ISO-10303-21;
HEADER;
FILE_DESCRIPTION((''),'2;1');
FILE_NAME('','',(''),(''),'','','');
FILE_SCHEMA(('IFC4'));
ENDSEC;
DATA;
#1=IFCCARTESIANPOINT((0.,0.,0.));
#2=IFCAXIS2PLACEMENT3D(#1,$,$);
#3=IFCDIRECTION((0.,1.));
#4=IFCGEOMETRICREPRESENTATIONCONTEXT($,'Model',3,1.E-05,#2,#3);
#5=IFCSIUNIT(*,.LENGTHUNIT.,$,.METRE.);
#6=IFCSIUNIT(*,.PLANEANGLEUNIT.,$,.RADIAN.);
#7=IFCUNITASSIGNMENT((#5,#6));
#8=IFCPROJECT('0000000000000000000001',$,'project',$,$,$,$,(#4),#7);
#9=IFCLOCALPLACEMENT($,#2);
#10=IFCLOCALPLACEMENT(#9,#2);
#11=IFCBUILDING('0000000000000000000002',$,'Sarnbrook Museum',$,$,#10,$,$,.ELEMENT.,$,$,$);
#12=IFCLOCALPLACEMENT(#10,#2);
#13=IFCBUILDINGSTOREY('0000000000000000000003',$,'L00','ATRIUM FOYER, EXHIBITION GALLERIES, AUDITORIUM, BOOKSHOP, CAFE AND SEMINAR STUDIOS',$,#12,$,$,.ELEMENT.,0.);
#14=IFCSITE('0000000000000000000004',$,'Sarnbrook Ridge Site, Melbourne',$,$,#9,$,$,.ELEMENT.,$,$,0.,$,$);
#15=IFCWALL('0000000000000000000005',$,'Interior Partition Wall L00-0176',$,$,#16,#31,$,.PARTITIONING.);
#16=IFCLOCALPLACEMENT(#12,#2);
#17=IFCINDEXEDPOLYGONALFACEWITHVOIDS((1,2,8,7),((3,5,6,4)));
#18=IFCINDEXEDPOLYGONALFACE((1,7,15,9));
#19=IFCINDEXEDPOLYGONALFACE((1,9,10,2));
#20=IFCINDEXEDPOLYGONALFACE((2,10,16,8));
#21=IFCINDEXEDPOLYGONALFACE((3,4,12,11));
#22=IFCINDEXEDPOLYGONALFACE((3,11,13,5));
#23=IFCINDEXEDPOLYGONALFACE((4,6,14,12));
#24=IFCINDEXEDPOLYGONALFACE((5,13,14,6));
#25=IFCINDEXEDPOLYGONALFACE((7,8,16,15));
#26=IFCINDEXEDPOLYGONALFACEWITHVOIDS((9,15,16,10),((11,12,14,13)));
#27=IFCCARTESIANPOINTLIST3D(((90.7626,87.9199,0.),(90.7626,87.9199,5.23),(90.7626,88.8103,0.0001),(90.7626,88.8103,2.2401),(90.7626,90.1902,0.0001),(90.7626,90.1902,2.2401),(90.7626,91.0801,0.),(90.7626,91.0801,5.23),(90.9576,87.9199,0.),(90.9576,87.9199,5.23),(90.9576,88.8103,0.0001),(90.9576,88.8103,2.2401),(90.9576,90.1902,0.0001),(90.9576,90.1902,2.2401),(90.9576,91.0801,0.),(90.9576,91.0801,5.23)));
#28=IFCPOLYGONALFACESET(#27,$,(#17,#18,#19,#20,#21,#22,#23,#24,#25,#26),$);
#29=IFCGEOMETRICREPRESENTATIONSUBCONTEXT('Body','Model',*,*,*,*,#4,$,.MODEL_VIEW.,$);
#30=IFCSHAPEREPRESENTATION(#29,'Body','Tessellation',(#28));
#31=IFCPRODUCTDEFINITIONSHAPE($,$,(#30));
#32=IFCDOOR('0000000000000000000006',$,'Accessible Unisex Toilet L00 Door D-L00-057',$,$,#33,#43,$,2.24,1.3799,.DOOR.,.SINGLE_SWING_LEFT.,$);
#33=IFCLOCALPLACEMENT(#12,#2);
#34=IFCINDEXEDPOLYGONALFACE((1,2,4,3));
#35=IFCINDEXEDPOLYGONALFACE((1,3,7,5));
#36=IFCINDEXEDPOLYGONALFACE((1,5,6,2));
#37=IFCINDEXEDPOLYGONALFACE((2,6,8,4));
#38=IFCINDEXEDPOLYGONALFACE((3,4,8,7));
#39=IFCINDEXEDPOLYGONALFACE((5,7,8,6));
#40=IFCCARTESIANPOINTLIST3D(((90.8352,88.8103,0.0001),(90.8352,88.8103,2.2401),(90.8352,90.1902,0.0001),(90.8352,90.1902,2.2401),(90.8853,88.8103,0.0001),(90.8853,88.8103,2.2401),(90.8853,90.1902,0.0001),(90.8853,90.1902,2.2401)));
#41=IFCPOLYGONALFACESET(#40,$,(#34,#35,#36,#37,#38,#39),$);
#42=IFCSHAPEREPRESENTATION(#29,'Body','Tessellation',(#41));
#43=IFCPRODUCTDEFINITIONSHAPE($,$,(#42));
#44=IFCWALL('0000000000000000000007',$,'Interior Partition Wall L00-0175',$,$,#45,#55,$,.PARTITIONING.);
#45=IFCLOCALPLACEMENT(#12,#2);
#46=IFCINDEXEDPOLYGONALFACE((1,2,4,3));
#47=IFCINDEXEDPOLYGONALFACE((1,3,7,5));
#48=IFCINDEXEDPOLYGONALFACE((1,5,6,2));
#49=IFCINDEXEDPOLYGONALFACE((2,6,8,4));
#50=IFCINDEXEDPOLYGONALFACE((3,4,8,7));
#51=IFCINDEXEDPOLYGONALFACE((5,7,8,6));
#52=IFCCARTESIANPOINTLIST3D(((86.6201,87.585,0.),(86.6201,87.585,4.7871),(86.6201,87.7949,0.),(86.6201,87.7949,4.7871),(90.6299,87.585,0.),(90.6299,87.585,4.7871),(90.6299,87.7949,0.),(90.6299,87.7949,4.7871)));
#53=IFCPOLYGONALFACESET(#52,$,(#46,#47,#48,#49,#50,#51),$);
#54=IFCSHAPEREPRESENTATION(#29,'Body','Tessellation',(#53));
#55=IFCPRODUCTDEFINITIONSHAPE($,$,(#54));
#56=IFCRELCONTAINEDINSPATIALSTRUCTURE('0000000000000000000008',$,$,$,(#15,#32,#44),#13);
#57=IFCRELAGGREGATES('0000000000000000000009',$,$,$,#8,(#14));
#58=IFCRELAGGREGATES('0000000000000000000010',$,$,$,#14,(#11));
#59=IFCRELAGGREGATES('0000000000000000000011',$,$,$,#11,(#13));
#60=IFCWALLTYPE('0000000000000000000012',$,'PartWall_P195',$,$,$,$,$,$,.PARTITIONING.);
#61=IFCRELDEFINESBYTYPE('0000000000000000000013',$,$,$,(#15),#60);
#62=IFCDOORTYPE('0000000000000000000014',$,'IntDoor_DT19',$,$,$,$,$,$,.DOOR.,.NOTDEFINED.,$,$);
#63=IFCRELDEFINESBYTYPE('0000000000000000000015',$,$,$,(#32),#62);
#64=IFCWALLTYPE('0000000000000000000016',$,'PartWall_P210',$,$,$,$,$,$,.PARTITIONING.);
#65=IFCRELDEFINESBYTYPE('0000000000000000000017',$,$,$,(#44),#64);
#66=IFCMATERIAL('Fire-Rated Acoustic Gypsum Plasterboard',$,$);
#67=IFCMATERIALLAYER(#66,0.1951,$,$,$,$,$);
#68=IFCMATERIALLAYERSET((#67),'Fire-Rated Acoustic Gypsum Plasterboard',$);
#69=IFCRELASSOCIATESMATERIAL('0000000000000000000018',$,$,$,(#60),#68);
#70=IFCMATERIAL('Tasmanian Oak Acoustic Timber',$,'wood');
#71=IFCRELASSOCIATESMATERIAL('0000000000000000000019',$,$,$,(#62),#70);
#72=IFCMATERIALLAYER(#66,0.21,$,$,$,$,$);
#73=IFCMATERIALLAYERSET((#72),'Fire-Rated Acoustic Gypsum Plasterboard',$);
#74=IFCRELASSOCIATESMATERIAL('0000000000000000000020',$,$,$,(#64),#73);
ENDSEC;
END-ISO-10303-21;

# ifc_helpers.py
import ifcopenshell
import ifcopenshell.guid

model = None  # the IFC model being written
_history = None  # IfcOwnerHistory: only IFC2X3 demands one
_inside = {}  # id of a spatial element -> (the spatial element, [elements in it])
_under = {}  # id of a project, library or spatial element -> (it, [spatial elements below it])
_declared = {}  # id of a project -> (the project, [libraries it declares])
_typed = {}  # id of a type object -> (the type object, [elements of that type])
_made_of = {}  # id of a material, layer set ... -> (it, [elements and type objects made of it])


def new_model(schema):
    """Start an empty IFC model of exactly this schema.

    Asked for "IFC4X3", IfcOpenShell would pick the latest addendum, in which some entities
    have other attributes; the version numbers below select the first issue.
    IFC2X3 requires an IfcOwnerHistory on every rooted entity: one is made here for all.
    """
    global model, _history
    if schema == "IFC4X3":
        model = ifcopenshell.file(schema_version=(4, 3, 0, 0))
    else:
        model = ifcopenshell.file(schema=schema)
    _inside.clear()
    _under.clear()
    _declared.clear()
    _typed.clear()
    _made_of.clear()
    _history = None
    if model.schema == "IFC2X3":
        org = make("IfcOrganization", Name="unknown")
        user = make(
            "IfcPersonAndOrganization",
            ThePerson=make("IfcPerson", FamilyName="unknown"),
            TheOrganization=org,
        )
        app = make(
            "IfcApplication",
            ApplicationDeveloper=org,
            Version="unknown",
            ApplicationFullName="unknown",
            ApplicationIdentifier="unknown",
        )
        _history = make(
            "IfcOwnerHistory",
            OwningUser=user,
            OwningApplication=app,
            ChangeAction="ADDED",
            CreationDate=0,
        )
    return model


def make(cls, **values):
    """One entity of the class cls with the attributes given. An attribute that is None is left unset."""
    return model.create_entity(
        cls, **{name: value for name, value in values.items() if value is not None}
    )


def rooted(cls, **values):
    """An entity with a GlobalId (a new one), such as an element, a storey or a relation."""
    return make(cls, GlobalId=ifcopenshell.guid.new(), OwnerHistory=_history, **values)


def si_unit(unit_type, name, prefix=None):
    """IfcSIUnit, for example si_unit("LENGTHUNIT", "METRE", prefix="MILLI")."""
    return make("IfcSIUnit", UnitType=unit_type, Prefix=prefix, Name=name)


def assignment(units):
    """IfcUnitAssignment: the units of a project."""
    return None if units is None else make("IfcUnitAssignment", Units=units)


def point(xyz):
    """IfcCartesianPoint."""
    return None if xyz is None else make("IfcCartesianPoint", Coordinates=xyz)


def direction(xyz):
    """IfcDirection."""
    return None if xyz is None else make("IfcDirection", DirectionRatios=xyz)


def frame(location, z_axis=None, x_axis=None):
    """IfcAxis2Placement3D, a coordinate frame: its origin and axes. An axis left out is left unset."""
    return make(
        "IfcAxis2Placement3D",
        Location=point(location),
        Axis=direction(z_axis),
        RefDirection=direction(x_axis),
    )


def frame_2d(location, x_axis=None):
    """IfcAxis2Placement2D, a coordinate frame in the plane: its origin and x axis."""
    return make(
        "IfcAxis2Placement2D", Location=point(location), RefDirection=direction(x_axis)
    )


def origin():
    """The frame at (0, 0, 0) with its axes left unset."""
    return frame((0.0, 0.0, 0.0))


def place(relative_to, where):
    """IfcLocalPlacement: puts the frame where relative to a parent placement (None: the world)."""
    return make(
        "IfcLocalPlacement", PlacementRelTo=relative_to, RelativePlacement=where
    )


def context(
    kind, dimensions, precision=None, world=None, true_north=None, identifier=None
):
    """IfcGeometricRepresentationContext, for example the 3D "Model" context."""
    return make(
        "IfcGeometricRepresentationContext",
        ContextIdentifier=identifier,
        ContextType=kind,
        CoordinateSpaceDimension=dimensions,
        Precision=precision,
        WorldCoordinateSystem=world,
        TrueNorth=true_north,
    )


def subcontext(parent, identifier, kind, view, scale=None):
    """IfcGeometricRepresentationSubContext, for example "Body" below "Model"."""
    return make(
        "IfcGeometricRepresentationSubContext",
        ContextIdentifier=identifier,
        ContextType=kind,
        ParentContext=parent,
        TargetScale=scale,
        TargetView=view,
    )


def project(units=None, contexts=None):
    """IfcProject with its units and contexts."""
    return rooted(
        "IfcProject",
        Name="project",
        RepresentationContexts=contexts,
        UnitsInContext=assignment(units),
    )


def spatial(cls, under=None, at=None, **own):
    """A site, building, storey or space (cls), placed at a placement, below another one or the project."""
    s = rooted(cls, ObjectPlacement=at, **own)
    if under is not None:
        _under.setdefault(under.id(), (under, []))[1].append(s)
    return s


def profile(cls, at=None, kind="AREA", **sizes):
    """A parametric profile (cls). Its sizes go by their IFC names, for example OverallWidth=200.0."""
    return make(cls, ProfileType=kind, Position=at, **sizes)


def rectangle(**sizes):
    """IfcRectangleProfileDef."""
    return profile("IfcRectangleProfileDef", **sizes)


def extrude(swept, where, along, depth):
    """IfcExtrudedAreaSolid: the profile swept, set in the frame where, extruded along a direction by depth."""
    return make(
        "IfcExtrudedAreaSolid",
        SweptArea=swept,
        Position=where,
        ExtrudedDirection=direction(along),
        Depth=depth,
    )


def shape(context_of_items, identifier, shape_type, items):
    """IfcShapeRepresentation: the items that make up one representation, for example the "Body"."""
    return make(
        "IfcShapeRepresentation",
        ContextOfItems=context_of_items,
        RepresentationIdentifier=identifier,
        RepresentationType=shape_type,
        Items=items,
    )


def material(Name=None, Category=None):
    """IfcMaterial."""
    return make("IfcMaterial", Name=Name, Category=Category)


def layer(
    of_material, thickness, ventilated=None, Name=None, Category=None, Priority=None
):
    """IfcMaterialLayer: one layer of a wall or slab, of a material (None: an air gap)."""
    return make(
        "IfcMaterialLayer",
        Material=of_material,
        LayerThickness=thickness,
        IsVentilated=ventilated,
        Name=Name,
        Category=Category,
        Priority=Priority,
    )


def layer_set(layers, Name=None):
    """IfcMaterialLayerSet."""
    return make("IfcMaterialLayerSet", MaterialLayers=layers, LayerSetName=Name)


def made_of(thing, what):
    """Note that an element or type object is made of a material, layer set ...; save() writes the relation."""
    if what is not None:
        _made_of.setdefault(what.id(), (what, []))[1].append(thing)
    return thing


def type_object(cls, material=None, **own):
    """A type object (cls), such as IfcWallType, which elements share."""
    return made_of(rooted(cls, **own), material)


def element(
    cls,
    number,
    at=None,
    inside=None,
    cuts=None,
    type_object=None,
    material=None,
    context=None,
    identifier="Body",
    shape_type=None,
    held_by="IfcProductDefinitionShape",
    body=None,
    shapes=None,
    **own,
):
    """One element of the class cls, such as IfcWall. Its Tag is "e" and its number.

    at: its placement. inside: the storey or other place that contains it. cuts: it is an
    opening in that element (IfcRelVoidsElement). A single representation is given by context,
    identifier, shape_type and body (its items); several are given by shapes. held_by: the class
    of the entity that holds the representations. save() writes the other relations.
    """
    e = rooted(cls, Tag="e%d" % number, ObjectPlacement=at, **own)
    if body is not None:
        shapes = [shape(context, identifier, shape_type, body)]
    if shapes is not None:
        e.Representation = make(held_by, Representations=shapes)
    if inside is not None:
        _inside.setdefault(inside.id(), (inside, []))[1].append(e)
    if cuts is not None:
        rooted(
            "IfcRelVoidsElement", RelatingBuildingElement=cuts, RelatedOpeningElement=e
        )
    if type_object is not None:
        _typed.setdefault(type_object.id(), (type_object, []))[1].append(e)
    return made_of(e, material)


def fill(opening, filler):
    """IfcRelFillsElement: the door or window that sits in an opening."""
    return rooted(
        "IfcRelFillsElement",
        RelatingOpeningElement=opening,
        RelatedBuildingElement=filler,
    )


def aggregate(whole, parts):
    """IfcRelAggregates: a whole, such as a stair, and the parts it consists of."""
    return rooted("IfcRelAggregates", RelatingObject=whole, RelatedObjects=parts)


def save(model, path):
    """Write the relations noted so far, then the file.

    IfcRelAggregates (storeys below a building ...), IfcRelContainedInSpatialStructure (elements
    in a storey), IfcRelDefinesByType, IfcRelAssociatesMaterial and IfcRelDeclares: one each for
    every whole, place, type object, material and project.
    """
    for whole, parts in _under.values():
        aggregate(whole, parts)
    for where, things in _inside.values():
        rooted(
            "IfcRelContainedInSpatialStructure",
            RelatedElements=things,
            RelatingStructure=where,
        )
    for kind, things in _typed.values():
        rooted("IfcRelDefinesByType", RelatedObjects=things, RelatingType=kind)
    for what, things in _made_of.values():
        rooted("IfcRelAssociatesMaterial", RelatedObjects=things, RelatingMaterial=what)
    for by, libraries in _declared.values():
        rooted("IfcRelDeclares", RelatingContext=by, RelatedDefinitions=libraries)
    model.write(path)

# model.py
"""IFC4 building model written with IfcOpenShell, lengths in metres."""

from ifc_helpers import new_model, si_unit, direction, frame, frame_2d, origin, place, context, subcontext, project, spatial, rectangle, extrude, material, layer, layer_set, type_object, element, fill, save


model = new_model("IFC4")

# Units and contexts
model_context = context("Model", 3, precision=1e-05, world=origin(), true_north=direction((0.0, 1.0)))
body_context = subcontext(model_context, "Body", "Model", "MODEL_VIEW")
ifc_project = project(units=[si_unit("LENGTHUNIT", "METRE"), si_unit("PLANEANGLEUNIT", "RADIAN")], contexts=[model_context])

# Site, building, storey
site_placement = place(None, origin())
site = spatial("IfcSite", under=ifc_project, at=site_placement, Name="Sarnbrook Ridge Site, Melbourne", CompositionType="ELEMENT", RefElevation=0.0)
building_placement = place(site_placement, origin())
building = spatial("IfcBuilding", under=site, at=building_placement, Name="Sarnbrook Museum", CompositionType="ELEMENT")
storey_placement = place(building_placement, origin())
storey = spatial("IfcBuildingStorey", under=building, at=storey_placement, Name="L00", Description="ATRIUM FOYER, EXHIBITION GALLERIES, AUDITORIUM, BOOKSHOP, CAFE AND SEMINAR STUDIOS", CompositionType="ELEMENT", Elevation=0.0)

# Shared definitions
ifc_material_1 = material(Name="Fire-Rated Acoustic Gypsum Plasterboard")

# Shared definitions
ifc_material_2 = material(Name="Tasmanian Oak Acoustic Timber", Category="wood")

# Wall, opening, door
ifc_layer_1 = layer(ifc_material_1, 0.1951)
ifc_layer_set_1 = layer_set([ifc_layer_1], Name="Fire-Rated Acoustic Gypsum Plasterboard")
wall_type_1 = type_object("IfcWallType", Name="PartWall_P195", PredefinedType="PARTITIONING", material=ifc_layer_set_1)
wall_1_placement = place(storey_placement, frame((90.8601, 91.0801, 0.0), z_axis=(0.0, 0.0, 1.0), x_axis=(0.0, -1.0, 0.0)))
wall_1 = element("IfcWall", 1, at=wall_1_placement, inside=storey, type_object=wall_type_1, Name="Interior Partition Wall L00-0176", PredefinedType="PARTITIONING", context=body_context, shape_type="SweptSolid", body=[
    extrude(rectangle(XDim=3.1602, YDim=0.1951, at=frame_2d((1.5801, 0.0))), origin(), (0.0, 0.0, 1.0), 5.23),
])
opening_1_placement = place(wall_1_placement, frame((0.8899, 0.0, 0.0)))
opening_1 = element("IfcOpeningElement", 2, at=opening_1_placement, cuts=wall_1, PredefinedType="OPENING", context=body_context, shape_type="SweptSolid", body=[
    extrude(rectangle(XDim=1.3799, YDim=2.24, at=frame_2d((0.6899, 1.1201))), frame((0.0, 0.1074, 0.0), z_axis=(0.0, -1.0, 0.0), x_axis=(1.0, 0.0, 0.0)), (0.0, 0.0, 1.0), 0.2151),
])
door_type_1 = type_object("IfcDoorType", Name="IntDoor_DT19", OperationType="NOTDEFINED", PredefinedType="DOOR", material=ifc_material_2)
door_1_placement = place(opening_1_placement, frame((1.3799, 0.0, 0.0), z_axis=(0.0, 0.0, 1.0), x_axis=(-1.0, 0.0, 0.0)))
door_1 = element("IfcDoor", 3, at=door_1_placement, inside=storey, type_object=door_type_1, Name="Accessible Unisex Toilet L00 Door D-L00-057", OperationType="SINGLE_SWING_LEFT", OverallHeight=2.24, OverallWidth=1.3799, PredefinedType="DOOR", context=body_context, shape_type="SweptSolid", body=[
    extrude(rectangle(XDim=1.3799, YDim=2.24, at=frame_2d((0.6899, 1.1201))), frame((0.0, 0.0249, 0.0), z_axis=(0.0, -1.0, 0.0), x_axis=(1.0, 0.0, 0.0)), (0.0, 0.0, 1.0), 0.05),
])
fill(opening_1, door_1)

# Wall
ifc_layer_2 = layer(ifc_material_1, 0.21)
ifc_layer_set_2 = layer_set([ifc_layer_2], Name="Fire-Rated Acoustic Gypsum Plasterboard")
wall_type_2 = type_object("IfcWallType", Name="PartWall_P210", PredefinedType="PARTITIONING", material=ifc_layer_set_2)
wall_2_placement = place(storey_placement, frame((90.6299, 87.6899, 0.0), z_axis=(0.0, 0.0, 1.0), x_axis=(-1.0, 0.0, 0.0)))
element("IfcWall", 4, at=wall_2_placement, inside=storey, type_object=wall_type_2, Name="Interior Partition Wall L00-0175", PredefinedType="PARTITIONING", context=body_context, shape_type="SweptSolid", body=[
    extrude(rectangle(XDim=4.0098, YDim=0.21, at=frame_2d((2.0049, 0.0))), origin(), (0.0, 0.0, 1.0), 4.7871),
])

save(model, "model.ifc")
